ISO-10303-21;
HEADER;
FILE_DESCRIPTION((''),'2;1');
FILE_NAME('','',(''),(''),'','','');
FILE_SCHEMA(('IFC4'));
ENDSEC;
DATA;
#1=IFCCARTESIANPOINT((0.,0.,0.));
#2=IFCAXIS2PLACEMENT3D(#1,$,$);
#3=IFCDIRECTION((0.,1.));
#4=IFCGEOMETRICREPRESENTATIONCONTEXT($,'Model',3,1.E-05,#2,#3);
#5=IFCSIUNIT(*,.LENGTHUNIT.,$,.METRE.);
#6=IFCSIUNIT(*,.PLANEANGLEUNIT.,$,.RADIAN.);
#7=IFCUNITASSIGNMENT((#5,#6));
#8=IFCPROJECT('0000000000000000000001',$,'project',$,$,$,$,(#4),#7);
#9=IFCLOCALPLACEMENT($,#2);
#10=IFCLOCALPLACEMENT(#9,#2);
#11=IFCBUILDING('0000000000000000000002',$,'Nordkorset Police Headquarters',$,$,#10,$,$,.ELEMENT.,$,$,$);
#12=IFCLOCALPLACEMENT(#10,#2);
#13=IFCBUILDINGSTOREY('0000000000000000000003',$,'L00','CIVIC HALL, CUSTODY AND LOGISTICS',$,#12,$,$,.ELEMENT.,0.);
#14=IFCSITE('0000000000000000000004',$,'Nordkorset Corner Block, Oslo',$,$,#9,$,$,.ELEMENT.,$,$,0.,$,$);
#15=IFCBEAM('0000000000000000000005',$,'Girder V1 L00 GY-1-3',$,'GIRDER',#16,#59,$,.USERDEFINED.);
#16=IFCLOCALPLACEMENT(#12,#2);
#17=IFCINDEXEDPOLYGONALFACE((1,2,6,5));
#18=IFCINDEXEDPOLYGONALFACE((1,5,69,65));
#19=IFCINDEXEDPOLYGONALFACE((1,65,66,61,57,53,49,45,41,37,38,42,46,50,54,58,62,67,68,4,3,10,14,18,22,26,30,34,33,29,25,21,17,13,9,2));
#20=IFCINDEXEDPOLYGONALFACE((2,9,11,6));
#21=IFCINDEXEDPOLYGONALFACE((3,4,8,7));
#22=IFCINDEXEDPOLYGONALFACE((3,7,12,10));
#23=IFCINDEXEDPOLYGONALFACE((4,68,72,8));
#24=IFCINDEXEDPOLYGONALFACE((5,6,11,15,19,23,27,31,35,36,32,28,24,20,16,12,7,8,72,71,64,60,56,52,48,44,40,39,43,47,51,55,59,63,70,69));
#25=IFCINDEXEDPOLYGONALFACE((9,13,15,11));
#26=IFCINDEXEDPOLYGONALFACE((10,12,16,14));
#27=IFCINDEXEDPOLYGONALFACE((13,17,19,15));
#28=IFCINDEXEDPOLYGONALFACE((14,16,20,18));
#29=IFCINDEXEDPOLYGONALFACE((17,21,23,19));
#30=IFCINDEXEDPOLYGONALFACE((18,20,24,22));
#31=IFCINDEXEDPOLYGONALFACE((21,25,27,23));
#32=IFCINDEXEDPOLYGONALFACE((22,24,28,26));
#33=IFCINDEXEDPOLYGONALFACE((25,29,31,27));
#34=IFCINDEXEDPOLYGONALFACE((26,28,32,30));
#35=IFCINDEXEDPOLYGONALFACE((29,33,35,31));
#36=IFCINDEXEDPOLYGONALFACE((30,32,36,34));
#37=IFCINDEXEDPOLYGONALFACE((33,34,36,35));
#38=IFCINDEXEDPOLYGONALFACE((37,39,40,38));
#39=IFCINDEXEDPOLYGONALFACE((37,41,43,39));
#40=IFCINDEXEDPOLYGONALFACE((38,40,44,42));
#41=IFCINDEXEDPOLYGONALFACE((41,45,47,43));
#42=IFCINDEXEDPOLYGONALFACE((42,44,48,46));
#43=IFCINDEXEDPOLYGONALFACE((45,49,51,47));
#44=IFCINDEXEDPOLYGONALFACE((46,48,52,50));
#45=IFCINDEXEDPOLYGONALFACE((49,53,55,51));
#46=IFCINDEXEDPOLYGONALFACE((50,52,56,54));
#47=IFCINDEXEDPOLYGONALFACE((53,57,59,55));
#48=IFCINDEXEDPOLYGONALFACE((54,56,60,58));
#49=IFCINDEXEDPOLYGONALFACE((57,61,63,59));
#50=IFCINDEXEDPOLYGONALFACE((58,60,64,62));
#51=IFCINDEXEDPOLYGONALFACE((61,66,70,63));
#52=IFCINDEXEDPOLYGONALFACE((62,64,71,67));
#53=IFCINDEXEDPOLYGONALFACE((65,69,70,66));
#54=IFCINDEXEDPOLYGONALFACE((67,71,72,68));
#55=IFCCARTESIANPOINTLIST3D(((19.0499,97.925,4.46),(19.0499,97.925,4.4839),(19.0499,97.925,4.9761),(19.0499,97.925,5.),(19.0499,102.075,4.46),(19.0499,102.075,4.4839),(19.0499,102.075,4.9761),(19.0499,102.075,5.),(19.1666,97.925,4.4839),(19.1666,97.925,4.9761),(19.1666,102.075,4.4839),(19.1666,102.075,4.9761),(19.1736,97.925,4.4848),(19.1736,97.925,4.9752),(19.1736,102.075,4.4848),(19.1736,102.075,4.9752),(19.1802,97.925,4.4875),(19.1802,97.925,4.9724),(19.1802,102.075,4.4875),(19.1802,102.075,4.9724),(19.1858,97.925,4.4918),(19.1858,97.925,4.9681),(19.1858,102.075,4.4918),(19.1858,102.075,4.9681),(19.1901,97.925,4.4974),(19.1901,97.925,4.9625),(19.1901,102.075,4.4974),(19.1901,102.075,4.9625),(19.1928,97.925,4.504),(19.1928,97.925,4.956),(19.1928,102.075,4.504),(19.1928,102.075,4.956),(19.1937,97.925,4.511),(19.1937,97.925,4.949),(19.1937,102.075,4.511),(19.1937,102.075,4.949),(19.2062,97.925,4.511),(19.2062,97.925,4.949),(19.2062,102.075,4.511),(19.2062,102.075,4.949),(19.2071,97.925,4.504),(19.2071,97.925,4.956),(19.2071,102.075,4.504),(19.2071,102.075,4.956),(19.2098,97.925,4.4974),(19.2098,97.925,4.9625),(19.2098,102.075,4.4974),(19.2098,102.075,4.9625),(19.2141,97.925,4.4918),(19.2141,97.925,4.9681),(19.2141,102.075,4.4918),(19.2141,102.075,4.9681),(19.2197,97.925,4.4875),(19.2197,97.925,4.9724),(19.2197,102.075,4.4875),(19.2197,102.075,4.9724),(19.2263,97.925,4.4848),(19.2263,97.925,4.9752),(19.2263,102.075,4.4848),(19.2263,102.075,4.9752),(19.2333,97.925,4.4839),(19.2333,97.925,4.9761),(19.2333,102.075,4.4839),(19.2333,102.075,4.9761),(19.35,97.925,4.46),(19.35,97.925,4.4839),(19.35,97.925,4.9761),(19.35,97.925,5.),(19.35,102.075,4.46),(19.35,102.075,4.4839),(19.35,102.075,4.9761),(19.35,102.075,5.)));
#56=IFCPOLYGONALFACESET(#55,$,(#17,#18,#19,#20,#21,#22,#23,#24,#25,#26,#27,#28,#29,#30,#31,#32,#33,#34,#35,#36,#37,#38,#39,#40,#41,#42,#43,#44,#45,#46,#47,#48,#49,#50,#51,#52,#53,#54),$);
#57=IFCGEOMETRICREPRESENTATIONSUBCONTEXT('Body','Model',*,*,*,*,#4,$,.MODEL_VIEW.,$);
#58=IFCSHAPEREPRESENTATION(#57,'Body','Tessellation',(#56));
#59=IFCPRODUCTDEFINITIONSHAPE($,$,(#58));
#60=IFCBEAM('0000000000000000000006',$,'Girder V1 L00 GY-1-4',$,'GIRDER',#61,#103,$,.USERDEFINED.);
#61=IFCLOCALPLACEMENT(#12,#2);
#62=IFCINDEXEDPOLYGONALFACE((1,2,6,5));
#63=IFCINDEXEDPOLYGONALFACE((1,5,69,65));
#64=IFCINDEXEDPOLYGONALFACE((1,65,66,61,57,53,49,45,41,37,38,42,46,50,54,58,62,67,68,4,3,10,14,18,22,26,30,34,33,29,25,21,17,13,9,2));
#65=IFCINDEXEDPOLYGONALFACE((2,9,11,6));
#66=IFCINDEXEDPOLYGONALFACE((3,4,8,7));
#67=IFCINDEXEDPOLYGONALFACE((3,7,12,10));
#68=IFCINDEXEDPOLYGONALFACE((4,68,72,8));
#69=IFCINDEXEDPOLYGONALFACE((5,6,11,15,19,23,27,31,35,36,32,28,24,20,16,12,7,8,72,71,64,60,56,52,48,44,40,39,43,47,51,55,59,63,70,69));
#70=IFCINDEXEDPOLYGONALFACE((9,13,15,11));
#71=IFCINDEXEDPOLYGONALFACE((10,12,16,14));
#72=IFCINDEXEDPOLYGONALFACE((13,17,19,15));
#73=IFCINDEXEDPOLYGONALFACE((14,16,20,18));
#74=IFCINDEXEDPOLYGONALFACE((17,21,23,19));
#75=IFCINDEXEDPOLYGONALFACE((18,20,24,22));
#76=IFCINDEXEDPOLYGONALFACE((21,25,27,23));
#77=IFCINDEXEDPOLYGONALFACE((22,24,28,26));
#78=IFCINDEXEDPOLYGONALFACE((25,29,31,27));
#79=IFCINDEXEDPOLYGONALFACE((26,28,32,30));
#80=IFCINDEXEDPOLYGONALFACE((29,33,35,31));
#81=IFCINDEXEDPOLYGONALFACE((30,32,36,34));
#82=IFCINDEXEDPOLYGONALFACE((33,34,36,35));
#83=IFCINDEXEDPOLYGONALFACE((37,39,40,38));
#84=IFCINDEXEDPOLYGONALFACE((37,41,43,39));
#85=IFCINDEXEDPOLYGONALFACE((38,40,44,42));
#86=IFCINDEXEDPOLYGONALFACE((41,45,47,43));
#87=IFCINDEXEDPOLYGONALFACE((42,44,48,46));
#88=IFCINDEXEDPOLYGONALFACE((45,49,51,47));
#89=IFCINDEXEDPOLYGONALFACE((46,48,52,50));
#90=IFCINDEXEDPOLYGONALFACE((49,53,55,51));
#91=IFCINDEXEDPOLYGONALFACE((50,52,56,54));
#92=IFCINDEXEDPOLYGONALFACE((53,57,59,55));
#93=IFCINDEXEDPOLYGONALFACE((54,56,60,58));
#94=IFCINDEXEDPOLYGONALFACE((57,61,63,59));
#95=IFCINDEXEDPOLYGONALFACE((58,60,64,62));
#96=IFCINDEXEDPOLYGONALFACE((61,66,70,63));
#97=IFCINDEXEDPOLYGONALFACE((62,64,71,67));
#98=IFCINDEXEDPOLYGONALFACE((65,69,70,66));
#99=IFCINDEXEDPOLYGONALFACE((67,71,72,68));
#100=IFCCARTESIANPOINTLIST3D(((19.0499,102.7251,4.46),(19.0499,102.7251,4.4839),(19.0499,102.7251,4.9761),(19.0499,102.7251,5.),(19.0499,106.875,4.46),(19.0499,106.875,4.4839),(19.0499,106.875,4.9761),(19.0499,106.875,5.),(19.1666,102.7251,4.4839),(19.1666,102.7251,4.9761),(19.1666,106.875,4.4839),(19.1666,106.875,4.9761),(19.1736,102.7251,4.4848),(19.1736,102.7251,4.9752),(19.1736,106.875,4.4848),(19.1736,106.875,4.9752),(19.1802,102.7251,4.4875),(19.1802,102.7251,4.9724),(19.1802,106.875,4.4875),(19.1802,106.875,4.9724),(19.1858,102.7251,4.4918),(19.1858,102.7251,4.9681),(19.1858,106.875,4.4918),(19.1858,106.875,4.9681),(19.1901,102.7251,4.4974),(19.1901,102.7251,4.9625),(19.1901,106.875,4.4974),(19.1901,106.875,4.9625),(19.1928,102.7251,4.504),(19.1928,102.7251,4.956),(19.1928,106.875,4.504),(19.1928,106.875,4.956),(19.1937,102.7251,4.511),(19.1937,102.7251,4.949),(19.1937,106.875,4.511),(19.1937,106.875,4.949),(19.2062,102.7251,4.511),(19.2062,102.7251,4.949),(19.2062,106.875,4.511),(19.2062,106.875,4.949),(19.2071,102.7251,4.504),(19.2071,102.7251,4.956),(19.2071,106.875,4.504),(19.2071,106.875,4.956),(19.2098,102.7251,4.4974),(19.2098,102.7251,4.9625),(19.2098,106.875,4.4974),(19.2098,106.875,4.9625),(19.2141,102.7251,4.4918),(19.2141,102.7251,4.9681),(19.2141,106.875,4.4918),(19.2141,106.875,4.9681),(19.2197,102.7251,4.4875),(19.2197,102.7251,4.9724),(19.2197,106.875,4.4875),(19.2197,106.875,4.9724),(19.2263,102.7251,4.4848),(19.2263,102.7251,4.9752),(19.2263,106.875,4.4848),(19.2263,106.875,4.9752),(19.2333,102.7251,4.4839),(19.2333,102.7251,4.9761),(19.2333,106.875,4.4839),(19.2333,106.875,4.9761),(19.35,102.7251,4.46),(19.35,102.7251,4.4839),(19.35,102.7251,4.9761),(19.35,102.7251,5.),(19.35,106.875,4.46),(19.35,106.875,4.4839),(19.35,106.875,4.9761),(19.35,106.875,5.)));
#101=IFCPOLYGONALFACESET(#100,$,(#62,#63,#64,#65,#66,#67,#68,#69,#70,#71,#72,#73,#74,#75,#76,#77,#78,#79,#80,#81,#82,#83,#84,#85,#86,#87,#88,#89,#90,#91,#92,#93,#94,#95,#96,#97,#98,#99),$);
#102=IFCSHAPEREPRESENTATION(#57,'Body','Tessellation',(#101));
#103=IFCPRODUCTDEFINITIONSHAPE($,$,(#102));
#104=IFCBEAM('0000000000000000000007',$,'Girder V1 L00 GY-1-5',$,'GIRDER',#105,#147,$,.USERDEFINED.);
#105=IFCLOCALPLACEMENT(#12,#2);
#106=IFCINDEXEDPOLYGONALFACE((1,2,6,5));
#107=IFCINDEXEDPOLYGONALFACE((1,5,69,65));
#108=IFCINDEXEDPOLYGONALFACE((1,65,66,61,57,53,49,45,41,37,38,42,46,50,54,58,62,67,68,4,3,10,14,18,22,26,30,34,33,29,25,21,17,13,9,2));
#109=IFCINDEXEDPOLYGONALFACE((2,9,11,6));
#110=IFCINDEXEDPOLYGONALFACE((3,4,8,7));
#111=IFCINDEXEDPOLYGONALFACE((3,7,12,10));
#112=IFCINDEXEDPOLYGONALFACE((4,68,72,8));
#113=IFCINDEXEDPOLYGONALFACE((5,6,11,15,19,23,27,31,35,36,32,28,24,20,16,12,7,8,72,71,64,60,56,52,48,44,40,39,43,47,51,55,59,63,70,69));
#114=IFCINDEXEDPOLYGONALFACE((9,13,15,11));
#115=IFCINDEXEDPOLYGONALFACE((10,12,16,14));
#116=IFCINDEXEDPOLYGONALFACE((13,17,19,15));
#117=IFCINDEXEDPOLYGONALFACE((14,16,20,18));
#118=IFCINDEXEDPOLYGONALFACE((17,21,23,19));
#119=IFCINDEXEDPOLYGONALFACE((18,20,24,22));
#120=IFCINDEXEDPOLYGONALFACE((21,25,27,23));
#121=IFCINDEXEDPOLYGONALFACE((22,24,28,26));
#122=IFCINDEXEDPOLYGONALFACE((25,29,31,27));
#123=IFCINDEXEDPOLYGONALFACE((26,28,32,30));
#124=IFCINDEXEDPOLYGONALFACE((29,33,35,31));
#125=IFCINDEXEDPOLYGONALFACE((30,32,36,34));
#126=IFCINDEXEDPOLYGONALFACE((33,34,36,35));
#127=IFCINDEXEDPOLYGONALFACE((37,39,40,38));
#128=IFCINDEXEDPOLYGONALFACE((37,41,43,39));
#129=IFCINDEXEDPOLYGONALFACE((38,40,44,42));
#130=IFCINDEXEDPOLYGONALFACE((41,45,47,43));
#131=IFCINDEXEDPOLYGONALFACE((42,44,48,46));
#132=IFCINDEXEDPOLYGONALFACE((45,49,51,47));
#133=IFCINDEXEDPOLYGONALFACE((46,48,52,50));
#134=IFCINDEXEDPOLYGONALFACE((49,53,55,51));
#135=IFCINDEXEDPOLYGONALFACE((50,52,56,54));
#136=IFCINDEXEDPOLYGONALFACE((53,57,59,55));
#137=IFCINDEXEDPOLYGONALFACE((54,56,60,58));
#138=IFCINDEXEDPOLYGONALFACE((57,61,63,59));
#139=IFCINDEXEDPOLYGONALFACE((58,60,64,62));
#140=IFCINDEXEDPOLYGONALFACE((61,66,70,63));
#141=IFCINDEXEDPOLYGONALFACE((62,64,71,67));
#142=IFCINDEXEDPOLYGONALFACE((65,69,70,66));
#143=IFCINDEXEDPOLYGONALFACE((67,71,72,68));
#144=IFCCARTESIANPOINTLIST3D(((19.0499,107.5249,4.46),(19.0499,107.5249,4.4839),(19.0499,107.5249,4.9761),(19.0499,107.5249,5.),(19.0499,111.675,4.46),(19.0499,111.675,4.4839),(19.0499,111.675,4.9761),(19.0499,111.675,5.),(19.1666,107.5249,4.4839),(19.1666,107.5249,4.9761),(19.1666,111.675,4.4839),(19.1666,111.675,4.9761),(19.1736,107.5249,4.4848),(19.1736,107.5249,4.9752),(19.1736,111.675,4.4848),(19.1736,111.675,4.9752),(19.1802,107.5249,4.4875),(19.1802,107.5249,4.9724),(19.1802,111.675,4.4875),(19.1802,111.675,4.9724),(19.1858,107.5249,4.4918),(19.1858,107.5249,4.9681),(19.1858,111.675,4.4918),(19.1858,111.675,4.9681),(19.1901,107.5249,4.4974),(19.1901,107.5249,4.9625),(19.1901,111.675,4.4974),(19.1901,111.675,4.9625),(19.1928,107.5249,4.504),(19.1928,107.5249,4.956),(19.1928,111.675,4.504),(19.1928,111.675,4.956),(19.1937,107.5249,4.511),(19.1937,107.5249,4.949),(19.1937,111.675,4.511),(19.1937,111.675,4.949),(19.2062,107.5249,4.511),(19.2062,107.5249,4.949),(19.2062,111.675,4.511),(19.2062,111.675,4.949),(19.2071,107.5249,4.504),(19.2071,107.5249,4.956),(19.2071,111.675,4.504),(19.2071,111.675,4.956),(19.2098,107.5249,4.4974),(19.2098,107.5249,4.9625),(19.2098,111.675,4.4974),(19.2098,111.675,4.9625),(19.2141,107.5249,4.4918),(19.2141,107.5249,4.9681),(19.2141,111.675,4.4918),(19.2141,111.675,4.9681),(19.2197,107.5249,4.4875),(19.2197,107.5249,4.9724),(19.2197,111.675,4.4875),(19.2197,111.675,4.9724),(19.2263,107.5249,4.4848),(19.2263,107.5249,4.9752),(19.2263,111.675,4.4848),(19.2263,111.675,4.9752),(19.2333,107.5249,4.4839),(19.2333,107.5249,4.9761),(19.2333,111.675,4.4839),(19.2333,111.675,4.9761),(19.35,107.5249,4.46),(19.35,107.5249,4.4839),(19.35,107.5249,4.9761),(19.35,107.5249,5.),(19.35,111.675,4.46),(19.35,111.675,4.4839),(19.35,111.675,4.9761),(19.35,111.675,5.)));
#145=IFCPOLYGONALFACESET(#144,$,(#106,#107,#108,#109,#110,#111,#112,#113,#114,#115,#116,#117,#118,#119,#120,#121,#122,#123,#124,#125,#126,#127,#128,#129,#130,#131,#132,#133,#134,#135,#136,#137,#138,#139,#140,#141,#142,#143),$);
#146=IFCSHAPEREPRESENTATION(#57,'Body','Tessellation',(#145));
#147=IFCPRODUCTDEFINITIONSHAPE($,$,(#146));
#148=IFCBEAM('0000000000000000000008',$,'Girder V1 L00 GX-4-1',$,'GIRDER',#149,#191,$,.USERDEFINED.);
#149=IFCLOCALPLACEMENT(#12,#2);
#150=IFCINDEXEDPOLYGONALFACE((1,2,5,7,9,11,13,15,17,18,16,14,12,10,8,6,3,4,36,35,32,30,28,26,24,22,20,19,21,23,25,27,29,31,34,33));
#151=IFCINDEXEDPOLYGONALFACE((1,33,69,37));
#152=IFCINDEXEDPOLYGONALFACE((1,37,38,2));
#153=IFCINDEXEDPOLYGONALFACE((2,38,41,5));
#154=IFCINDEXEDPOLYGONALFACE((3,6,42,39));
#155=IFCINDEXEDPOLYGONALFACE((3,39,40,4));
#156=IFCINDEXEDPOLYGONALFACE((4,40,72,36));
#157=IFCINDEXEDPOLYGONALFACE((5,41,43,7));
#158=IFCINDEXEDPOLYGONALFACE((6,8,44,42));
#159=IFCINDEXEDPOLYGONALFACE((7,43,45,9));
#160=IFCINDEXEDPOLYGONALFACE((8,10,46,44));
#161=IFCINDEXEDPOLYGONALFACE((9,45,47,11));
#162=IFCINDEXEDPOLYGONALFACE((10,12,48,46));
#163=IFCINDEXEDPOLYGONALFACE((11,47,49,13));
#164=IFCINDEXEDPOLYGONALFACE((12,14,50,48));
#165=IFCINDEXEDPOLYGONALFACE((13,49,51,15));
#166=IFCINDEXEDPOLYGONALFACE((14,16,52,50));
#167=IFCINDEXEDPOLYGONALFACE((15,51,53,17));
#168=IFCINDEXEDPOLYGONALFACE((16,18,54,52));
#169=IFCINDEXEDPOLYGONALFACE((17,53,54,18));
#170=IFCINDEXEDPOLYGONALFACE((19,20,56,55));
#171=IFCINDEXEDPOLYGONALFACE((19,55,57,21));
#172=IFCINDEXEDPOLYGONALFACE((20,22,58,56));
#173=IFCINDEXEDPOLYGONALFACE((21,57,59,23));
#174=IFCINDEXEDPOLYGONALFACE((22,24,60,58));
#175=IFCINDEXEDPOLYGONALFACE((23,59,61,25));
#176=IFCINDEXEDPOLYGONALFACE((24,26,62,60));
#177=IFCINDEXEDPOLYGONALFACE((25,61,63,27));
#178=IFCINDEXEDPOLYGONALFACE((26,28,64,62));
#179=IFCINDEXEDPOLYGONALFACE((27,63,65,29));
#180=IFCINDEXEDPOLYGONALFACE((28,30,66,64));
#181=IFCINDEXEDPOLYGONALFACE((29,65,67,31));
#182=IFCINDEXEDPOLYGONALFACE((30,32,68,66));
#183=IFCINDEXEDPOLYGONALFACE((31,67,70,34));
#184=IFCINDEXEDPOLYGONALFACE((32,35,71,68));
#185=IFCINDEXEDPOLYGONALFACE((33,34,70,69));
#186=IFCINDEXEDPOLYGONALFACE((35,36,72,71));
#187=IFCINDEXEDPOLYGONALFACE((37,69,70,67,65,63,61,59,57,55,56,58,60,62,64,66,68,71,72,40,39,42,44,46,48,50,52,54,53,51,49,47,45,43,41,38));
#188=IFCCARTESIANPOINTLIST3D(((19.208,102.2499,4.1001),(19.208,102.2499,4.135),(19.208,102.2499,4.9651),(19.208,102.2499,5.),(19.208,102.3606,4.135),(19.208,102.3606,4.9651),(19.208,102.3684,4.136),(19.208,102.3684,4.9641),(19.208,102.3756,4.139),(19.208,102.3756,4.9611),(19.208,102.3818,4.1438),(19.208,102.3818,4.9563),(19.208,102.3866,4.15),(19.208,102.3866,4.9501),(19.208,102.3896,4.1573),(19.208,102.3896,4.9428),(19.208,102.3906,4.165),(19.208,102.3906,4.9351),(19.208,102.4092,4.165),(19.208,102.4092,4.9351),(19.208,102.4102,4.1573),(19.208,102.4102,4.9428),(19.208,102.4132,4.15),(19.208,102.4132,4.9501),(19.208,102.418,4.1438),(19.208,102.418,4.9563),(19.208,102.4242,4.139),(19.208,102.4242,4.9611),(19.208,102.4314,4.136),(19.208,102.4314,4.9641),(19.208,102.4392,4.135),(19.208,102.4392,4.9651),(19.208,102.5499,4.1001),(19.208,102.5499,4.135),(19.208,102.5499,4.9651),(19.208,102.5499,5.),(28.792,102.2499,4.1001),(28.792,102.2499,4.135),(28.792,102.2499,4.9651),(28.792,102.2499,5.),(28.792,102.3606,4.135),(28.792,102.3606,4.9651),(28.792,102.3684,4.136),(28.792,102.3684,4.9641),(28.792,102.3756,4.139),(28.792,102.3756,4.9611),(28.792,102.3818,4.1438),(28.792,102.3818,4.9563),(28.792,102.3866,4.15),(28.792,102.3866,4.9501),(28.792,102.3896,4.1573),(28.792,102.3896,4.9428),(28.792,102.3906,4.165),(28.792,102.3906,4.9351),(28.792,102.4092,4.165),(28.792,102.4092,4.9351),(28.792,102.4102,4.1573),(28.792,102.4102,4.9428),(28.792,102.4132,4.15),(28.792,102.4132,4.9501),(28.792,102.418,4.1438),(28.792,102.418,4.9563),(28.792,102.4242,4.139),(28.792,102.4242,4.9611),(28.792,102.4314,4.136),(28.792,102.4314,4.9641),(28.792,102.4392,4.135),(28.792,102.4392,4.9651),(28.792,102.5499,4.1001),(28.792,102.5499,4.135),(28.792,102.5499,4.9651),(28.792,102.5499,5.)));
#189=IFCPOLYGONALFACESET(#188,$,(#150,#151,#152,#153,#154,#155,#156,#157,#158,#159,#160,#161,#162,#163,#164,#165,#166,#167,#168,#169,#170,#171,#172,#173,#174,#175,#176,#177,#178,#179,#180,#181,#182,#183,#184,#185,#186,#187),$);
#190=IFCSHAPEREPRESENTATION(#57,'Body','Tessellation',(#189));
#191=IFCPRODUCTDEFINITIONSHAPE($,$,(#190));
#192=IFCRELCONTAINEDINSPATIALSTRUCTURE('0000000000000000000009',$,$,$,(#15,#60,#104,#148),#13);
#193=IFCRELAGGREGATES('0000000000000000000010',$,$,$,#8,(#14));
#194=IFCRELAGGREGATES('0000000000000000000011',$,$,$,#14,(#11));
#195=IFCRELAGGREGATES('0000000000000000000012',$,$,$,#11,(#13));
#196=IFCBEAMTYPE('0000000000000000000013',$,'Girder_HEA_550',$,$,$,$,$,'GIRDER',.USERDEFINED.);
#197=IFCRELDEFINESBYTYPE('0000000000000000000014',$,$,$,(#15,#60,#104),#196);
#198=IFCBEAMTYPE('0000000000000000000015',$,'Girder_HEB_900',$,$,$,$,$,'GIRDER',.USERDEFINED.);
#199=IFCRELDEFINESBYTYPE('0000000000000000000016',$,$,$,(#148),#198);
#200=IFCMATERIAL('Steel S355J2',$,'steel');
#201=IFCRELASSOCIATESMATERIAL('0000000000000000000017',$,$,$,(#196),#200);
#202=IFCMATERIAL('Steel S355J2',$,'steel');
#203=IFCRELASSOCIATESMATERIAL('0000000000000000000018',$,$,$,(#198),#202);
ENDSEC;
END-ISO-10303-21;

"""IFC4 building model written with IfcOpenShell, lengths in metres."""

from ifc_helpers import new_model, si_unit, direction, frame, origin, origin_2d, place, context, subcontext, project, spatial, i_section, extrude, material, material_profile, profile_set, type_object, element, save


model = new_model("IFC4")

# Units and contexts
model_context = context("Model", 3, precision=1e-05, world=origin(), true_north=direction((0.0, 1.0)))
body_context = subcontext(model_context, "Body", "Model", "MODEL_VIEW")
ifc_project = project(units=[si_unit("LENGTHUNIT", "METRE"), si_unit("PLANEANGLEUNIT", "RADIAN")], contexts=[model_context])

# Site, building, storey
site_placement = place(None, origin())
site = spatial("IfcSite", under=ifc_project, at=site_placement, Name="Nordkorset Corner Block, Oslo", CompositionType="ELEMENT", RefElevation=0.0)
building_placement = place(site_placement, origin())
building = spatial("IfcBuilding", under=site, at=building_placement, Name="Nordkorset Police Headquarters", CompositionType="ELEMENT")
storey_placement = place(building_placement, origin())
storey = spatial("IfcBuildingStorey", under=building, at=storey_placement, Name="L00", Description="CIVIC HALL, CUSTODY AND LOGISTICS", CompositionType="ELEMENT", Elevation=0.0)

# Beams
ifc_material_1 = material(Name="Steel S355J2", Category="steel")
ifc_material_profile_1 = material_profile(ifc_material_1, i_section(OverallWidth=0.3, OverallDepth=0.54, WebThickness=0.0125, FlangeThickness=0.0239, FilletRadius=0.0271, at=origin_2d()), Name="HEA 550")
ifc_profile_set_1 = profile_set([ifc_material_profile_1], Name="Steel S355J2")
beam_type_1 = type_object("IfcBeamType", Name="Girder_HEA_550", ElementType="GIRDER", PredefinedType="USERDEFINED", material=ifc_profile_set_1)
for number, where, z_axis, x_axis, name in (
    (1, (19.2, 97.925, 4.73), (0.0, 1.0, 0.0), (-1.0, 0.0, 0.0), "Girder V1 L00 GY-1-3"),
    (2, (19.2, 102.7251, 4.73), (0.0, 1.0, 0.0), (-1.0, 0.0, 0.0), "Girder V1 L00 GY-1-4"),
):
    element("IfcBeam", number, at=place(storey_placement, frame(where, z_axis=z_axis, x_axis=x_axis)), inside=storey, type_object=beam_type_1, Name=name, ObjectType="GIRDER", PredefinedType="USERDEFINED", context=body_context, shape_type="SweptSolid", body=[
        extrude(i_section(OverallWidth=0.3, OverallDepth=0.54, WebThickness=0.0125, FlangeThickness=0.0239, FilletRadius=0.0271, at=origin_2d()), origin(), (0.0, 0.0, 1.0), 4.1499),
    ])
beam_placement = place(storey_placement, frame((19.2, 107.5249, 4.73), z_axis=(0.0, 1.0, 0.0), x_axis=(-1.0, 0.0, 0.0)))
element("IfcBeam", 3, at=beam_placement, inside=storey, type_object=beam_type_1, Name="Girder V1 L00 GY-1-5", ObjectType="GIRDER", PredefinedType="USERDEFINED", context=body_context, shape_type="SweptSolid", body=[
    extrude(i_section(OverallWidth=0.3, OverallDepth=0.54, WebThickness=0.0125, FlangeThickness=0.0239, FilletRadius=0.0271, at=origin_2d()), origin(), (0.0, 0.0, 1.0), 4.1501),
])
ifc_material_2 = material(Name="Steel S355J2", Category="steel")
ifc_material_profile_2 = material_profile(ifc_material_2, i_section(OverallWidth=0.3, OverallDepth=0.8999, WebThickness=0.0186, FlangeThickness=0.0349, FilletRadius=0.03, at=origin_2d()), Name="HEB 900")
ifc_profile_set_2 = profile_set([ifc_material_profile_2], Name="Steel S355J2")
beam_type_2 = type_object("IfcBeamType", Name="Girder_HEB_900", ElementType="GIRDER", PredefinedType="USERDEFINED", material=ifc_profile_set_2)
for number, where, z_axis, x_axis, name in (
    (4, (19.208, 102.3999, 4.55), (1.0, 0.0, 0.0), (0.0, 1.0, 0.0), "Girder V1 L00 GX-4-1"),
):
    element("IfcBeam", number, at=place(storey_placement, frame(where, z_axis=z_axis, x_axis=x_axis)), inside=storey, type_object=beam_type_2, Name=name, ObjectType="GIRDER", PredefinedType="USERDEFINED", context=body_context, shape_type="SweptSolid", body=[
        extrude(i_section(OverallWidth=0.3, OverallDepth=0.8999, WebThickness=0.0186, FlangeThickness=0.0349, FilletRadius=0.03, at=origin_2d()), origin(), (0.0, 0.0, 1.0), 9.584),
    ])

save(model, "model.ifc")
